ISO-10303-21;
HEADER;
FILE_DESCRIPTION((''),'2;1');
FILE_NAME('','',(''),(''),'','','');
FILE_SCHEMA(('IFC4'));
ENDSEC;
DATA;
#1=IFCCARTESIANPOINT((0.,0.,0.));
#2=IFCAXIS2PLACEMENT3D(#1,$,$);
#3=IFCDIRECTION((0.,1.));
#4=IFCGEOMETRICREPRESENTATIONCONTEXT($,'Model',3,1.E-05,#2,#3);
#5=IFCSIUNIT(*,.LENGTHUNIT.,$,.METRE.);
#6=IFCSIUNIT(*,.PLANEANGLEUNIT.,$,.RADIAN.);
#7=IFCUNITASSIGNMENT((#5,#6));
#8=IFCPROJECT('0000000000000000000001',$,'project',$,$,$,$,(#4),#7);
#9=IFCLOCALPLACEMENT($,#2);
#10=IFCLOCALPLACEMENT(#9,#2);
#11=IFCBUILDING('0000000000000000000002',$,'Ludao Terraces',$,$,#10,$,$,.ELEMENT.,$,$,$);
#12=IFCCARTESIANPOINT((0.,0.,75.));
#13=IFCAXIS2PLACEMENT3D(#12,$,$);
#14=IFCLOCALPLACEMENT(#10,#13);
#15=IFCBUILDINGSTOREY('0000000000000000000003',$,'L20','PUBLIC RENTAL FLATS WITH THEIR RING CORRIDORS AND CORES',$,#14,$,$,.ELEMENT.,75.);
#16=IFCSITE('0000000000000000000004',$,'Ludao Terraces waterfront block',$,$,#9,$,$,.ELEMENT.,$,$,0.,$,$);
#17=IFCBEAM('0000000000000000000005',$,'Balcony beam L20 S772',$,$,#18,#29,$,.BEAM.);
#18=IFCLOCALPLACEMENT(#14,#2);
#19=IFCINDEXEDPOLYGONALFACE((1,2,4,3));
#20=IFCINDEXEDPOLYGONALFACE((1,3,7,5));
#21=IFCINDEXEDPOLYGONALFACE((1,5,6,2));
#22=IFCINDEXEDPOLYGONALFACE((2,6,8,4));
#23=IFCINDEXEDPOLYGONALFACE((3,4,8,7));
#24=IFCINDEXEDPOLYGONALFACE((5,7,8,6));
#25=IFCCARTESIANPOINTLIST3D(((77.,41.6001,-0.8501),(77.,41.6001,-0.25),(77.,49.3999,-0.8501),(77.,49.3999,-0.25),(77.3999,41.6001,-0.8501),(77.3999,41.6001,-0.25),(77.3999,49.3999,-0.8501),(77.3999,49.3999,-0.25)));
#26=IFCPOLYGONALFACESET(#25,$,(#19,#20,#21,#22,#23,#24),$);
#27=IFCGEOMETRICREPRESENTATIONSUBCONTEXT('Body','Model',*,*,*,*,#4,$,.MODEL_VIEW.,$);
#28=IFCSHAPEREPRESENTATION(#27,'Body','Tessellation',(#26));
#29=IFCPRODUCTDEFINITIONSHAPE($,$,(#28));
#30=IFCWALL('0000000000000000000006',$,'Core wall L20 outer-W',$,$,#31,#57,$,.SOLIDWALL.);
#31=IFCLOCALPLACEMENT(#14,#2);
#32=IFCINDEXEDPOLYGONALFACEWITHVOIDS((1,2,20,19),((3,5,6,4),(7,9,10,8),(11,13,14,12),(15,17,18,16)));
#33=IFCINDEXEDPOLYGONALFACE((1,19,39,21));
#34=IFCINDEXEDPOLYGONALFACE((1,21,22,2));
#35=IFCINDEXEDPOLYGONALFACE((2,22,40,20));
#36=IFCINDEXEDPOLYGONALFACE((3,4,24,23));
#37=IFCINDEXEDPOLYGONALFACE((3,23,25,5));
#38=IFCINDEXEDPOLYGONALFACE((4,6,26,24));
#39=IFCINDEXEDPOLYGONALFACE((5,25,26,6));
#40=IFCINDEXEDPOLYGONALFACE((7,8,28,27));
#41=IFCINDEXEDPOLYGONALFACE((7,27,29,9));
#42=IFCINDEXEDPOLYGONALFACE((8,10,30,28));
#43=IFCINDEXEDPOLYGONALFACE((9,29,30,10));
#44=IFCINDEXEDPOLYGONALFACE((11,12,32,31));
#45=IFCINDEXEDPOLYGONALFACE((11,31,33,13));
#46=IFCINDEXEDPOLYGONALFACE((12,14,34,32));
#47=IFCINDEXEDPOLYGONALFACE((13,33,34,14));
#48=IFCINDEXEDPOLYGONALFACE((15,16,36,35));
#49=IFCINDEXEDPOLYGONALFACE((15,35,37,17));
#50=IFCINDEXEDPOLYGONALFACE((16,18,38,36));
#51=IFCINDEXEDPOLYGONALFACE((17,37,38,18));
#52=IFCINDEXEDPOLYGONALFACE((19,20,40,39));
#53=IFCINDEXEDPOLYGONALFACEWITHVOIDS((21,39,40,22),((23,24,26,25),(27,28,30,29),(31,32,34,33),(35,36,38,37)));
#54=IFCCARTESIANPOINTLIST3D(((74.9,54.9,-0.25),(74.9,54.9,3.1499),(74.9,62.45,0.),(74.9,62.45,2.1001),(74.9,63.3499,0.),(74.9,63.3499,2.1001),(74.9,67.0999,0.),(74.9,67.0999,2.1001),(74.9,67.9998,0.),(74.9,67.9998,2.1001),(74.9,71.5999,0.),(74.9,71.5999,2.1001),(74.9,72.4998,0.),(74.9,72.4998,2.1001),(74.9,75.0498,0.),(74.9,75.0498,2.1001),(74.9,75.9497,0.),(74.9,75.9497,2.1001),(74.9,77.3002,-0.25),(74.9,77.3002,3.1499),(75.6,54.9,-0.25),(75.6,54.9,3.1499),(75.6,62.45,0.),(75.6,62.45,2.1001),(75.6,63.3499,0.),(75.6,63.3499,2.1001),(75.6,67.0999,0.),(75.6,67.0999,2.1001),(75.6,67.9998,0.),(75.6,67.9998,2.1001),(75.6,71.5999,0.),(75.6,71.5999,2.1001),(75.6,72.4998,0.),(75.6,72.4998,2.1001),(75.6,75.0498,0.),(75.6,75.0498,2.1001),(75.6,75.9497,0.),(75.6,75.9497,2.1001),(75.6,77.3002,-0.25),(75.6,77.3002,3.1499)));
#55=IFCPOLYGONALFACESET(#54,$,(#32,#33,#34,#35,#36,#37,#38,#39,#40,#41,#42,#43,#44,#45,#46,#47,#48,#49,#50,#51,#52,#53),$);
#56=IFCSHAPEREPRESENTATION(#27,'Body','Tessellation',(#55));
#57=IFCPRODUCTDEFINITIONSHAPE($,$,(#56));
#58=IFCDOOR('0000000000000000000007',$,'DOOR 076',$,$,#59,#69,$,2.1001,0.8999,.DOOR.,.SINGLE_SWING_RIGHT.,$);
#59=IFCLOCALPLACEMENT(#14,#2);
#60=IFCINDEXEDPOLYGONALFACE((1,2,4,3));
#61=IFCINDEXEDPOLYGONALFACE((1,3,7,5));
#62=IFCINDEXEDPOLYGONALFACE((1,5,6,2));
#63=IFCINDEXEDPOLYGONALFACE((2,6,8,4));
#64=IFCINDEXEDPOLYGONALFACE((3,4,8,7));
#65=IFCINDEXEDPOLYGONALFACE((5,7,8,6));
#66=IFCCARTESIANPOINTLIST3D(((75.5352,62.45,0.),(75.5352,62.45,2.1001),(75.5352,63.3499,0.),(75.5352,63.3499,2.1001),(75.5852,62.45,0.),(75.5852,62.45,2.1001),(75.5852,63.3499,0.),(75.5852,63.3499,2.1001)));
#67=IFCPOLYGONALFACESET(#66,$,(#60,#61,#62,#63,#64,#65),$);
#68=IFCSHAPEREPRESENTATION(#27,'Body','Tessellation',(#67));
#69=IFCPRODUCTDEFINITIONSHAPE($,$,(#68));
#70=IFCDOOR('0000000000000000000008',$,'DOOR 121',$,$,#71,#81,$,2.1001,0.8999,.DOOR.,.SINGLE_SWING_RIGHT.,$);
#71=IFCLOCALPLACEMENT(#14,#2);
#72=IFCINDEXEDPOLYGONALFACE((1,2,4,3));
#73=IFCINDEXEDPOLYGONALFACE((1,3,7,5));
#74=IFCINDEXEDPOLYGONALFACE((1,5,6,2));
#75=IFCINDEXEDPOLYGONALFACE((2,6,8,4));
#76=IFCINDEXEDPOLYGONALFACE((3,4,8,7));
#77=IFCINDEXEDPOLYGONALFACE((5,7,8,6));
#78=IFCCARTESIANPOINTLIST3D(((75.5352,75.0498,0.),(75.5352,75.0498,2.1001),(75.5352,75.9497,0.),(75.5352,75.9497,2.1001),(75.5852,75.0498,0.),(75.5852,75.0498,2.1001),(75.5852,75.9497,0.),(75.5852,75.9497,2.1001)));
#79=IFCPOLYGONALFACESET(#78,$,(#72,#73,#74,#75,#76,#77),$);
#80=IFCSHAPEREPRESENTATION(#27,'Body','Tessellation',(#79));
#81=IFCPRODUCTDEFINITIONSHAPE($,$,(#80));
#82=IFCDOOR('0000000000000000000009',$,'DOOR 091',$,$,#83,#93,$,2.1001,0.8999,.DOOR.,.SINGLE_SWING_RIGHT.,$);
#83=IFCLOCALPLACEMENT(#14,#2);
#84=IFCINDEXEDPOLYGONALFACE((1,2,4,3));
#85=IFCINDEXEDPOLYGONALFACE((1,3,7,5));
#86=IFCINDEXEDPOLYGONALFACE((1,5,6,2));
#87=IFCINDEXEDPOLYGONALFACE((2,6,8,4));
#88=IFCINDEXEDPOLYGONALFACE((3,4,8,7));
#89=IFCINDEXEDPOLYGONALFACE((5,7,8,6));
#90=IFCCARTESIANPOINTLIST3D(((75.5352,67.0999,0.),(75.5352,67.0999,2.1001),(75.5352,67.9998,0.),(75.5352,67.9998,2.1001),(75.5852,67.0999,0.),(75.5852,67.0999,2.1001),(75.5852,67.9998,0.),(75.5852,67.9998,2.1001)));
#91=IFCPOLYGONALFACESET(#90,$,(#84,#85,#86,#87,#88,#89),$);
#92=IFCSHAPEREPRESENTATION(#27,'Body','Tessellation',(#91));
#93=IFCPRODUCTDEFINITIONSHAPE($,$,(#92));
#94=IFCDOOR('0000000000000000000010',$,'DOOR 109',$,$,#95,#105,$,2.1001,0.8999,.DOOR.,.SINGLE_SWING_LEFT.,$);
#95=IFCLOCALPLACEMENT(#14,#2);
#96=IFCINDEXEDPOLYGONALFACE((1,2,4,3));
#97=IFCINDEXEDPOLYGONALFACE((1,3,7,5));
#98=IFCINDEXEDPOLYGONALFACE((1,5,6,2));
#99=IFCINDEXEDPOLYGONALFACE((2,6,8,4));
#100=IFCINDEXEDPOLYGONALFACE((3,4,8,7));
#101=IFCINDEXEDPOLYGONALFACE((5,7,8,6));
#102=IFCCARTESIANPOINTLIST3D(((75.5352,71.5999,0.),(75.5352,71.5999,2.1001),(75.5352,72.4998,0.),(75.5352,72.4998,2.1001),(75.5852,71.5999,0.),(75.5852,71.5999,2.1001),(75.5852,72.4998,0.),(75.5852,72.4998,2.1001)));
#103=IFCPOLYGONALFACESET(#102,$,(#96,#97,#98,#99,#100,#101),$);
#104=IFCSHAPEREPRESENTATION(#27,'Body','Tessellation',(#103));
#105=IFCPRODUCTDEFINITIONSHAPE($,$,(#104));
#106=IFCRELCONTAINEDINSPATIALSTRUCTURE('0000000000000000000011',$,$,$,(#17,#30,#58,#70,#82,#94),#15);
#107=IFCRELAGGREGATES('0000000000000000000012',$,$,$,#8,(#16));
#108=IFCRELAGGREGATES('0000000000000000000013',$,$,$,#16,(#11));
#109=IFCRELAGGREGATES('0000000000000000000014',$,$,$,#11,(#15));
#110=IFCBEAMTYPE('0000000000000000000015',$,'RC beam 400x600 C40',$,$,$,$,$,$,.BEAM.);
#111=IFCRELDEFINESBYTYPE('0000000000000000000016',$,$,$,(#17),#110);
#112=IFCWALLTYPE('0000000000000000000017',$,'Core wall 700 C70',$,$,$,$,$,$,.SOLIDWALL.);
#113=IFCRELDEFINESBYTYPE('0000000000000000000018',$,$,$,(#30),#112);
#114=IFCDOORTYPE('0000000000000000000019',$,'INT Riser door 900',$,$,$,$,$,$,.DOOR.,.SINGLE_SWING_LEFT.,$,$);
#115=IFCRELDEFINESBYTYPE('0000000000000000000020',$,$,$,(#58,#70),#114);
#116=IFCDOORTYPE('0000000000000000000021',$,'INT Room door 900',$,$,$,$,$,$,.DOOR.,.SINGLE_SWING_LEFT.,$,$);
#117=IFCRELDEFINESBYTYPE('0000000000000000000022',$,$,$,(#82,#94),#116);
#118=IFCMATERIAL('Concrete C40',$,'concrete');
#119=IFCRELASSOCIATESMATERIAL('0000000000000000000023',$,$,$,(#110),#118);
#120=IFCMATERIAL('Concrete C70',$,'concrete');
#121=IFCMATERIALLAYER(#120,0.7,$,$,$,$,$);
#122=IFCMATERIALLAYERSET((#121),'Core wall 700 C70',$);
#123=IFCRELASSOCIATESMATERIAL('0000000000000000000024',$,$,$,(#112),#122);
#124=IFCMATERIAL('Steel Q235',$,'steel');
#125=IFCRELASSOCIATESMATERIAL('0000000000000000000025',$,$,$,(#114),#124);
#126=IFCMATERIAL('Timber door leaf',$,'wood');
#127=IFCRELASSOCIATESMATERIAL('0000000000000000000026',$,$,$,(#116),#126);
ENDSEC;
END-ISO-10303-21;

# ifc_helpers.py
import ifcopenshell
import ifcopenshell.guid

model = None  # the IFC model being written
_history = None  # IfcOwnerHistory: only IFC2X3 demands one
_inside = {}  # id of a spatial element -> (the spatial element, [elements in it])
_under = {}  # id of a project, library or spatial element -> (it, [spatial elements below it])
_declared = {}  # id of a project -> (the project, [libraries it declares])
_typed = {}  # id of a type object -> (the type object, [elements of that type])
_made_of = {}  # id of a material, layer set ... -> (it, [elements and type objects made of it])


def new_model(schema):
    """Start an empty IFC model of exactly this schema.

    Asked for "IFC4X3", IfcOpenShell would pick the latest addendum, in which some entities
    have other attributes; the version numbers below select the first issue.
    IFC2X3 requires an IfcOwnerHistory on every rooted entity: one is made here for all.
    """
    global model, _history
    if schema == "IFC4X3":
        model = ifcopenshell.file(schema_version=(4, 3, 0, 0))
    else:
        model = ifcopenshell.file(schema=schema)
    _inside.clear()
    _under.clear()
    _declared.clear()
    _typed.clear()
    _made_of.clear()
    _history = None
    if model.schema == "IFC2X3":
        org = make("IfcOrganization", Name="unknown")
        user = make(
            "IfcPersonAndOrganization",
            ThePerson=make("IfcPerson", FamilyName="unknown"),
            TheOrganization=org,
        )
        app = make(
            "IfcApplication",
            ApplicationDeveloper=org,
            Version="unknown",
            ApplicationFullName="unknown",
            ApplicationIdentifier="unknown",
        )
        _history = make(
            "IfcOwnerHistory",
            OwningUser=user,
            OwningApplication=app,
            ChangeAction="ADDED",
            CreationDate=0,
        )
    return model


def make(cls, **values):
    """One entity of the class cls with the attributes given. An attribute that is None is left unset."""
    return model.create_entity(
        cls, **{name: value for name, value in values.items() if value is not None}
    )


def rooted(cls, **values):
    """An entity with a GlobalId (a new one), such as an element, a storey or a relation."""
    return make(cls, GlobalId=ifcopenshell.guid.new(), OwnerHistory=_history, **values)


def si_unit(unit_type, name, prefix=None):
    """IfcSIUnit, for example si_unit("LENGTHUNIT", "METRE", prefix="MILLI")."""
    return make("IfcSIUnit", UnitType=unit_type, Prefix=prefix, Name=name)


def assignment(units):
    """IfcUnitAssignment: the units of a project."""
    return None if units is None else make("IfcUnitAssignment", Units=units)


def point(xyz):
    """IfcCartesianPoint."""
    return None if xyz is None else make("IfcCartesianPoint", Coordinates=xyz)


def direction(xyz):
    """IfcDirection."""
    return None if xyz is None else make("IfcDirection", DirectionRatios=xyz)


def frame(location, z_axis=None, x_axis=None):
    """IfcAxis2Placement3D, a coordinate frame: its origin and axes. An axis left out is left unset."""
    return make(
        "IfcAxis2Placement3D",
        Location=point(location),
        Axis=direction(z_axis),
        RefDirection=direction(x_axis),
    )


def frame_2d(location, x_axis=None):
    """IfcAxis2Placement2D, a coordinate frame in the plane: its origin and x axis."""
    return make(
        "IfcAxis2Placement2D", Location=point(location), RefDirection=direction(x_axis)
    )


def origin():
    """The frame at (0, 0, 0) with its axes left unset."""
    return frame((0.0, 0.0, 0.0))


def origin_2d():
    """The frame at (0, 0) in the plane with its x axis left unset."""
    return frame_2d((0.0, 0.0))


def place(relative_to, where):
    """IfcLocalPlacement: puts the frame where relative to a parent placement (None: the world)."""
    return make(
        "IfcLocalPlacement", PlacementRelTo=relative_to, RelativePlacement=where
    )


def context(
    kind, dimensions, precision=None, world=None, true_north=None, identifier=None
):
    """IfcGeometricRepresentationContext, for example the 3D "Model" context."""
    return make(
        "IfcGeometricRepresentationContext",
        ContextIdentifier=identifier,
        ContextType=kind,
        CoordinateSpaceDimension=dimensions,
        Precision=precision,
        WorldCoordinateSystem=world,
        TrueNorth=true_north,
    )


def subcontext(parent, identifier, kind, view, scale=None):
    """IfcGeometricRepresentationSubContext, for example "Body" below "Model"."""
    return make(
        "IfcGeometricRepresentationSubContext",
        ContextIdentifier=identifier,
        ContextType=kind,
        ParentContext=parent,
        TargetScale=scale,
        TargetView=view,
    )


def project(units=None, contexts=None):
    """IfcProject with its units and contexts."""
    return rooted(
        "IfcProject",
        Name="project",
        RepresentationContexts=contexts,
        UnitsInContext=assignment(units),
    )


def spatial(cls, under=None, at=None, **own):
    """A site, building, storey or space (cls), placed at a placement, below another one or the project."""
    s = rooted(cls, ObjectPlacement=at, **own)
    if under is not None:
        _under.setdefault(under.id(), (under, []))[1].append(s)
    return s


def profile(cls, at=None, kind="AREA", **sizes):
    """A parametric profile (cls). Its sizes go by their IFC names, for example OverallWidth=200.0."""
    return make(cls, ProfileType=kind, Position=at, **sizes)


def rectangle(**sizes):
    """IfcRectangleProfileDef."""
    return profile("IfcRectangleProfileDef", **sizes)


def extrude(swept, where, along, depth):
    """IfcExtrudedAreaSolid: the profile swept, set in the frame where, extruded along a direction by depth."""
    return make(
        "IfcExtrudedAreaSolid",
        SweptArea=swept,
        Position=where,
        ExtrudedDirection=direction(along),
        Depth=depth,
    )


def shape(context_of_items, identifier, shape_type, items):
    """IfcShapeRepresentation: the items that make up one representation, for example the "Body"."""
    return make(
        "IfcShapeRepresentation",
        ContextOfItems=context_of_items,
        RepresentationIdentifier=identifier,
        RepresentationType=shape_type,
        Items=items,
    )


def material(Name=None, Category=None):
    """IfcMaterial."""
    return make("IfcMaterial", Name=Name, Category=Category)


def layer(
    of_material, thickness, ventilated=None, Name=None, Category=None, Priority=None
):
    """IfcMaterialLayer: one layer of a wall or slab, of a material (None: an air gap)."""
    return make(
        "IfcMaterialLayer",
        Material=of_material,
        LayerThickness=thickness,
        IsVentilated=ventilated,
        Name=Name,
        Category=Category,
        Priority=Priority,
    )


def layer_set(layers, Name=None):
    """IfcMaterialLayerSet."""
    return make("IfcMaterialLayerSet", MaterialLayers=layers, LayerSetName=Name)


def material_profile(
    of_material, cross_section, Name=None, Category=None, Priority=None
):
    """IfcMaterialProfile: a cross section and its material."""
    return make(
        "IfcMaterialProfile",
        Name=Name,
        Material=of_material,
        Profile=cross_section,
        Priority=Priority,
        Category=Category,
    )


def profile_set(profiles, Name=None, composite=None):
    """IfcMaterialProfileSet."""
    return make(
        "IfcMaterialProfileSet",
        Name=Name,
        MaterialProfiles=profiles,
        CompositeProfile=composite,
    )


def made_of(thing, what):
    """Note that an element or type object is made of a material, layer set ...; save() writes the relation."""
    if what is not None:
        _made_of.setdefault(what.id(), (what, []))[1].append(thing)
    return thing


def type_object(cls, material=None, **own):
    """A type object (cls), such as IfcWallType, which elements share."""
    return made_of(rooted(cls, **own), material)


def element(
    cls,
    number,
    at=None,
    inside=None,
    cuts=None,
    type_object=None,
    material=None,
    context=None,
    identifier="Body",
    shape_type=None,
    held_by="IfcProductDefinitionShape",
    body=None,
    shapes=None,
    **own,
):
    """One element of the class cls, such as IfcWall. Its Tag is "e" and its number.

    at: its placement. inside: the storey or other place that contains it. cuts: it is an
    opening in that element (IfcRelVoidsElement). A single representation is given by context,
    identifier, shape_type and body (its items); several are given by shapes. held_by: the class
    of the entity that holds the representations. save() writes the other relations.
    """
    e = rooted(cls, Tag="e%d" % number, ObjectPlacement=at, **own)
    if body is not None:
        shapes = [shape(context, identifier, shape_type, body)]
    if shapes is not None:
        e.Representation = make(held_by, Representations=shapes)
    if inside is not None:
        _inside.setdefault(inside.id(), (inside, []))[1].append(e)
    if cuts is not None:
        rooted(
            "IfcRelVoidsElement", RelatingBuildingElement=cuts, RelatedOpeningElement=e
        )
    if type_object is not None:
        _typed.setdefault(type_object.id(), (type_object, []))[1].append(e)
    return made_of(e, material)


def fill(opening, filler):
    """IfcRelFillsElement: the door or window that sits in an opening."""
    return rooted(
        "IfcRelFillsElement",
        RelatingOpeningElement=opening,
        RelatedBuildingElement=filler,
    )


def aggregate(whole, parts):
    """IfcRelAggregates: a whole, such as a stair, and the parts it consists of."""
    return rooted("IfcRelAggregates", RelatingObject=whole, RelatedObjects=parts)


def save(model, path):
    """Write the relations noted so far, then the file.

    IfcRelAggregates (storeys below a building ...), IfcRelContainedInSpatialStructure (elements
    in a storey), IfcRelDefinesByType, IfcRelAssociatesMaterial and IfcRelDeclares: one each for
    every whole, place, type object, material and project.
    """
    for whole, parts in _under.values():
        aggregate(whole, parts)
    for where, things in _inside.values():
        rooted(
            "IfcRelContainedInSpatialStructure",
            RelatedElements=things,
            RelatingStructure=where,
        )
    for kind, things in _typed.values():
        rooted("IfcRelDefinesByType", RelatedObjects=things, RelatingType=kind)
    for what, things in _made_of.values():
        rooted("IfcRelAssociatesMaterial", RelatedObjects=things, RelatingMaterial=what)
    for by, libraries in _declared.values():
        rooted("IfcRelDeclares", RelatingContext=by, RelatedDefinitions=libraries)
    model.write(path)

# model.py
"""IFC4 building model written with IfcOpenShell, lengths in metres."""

from ifc_helpers import new_model, si_unit, direction, frame, frame_2d, origin, origin_2d, place, context, subcontext, project, spatial, rectangle, extrude, material, layer, layer_set, material_profile, profile_set, type_object, element, fill, save


model = new_model("IFC4")

# Units and contexts
model_context = context("Model", 3, precision=1e-05, world=origin(), true_north=direction((0.0, 1.0)))
body_context = subcontext(model_context, "Body", "Model", "MODEL_VIEW")
ifc_project = project(units=[si_unit("LENGTHUNIT", "METRE"), si_unit("PLANEANGLEUNIT", "RADIAN")], contexts=[model_context])

# Site, building, storey
site_placement = place(None, origin())
site = spatial("IfcSite", under=ifc_project, at=site_placement, Name="Ludao Terraces waterfront block", CompositionType="ELEMENT", RefElevation=0.0)
building_placement = place(site_placement, origin())
building = spatial("IfcBuilding", under=site, at=building_placement, Name="Ludao Terraces", CompositionType="ELEMENT")
storey_placement = place(building_placement, frame((0.0, 0.0, 75.0)))
storey = spatial("IfcBuildingStorey", under=building, at=storey_placement, Name="L20", Description="PUBLIC RENTAL FLATS WITH THEIR RING CORRIDORS AND CORES", CompositionType="ELEMENT", Elevation=75.0)

# Beam
ifc_material_1 = material(Name="Concrete C40", Category="concrete")
ifc_material_profile = material_profile(ifc_material_1, rectangle(XDim=0.3999, YDim=0.6001, at=origin_2d()), Name="400 X 600")
ifc_profile_set = profile_set([ifc_material_profile], Name="Concrete C40")
beam_type = type_object("IfcBeamType", Name="RC beam 400x600 C40", PredefinedType="BEAM", material=ifc_profile_set)
beam_placement = place(storey_placement, frame((77.2, 49.3999, -0.55), z_axis=(0.0, -1.0, 0.0), x_axis=(1.0, 0.0, 0.0)))
element("IfcBeam", 1, at=beam_placement, inside=storey, type_object=beam_type, Name="Balcony beam L20 S772", PredefinedType="BEAM", context=body_context, shape_type="SweptSolid", body=[
    extrude(rectangle(XDim=0.3999, YDim=0.6001, at=origin_2d()), origin(), (0.0, 0.0, 1.0), 7.7998),
])

# Wall, openings, doors
ifc_material_2 = material(Name="Concrete C70", Category="concrete")
ifc_layer_1 = layer(ifc_material_2, 0.7)
ifc_layer_set_1 = layer_set([ifc_layer_1], Name="Core wall 700 C70")
wall_type_1 = type_object("IfcWallType", Name="Core wall 700 C70", PredefinedType="SOLIDWALL", material=ifc_layer_set_1)
wall_1_placement = place(storey_placement, frame((75.25, 54.8999, -0.25), z_axis=(0.0, 0.0, 1.0), x_axis=(0.0, 1.0, 0.0)))
wall_1 = element("IfcWall", 2, at=wall_1_placement, inside=storey, type_object=wall_type_1, Name="Core wall L20 outer-W", PredefinedType="SOLIDWALL", context=body_context, shape_type="SweptSolid", body=[
    extrude(rectangle(XDim=22.4001, YDim=0.7, at=frame_2d((11.2002, 0.0))), origin(), (0.0, 0.0, 1.0), 3.3999),
])
opening_1_placement = place(wall_1_placement, frame((7.55, 0.0, 0.25)))
opening_1 = element("IfcOpeningElement", 3, at=opening_1_placement, cuts=wall_1, PredefinedType="OPENING", context=body_context, shape_type="SweptSolid", body=[
    extrude(rectangle(XDim=0.8999, YDim=2.1001, at=frame_2d((0.45, 1.05))), frame((0.0, 0.3599, 0.0), z_axis=(0.0, -1.0, 0.0), x_axis=(1.0, 0.0, 0.0)), (0.0, 0.0, 1.0), 0.72),
])
opening_2_placement = place(wall_1_placement, frame((12.2, 0.0, 0.25)))
opening_2 = element("IfcOpeningElement", 4, at=opening_2_placement, cuts=wall_1, PredefinedType="OPENING", context=body_context, shape_type="SweptSolid", body=[
    extrude(rectangle(XDim=0.8999, YDim=2.1001, at=frame_2d((0.45, 1.05))), frame((0.0, 0.3599, 0.0), z_axis=(0.0, -1.0, 0.0), x_axis=(1.0, 0.0, 0.0)), (0.0, 0.0, 1.0), 0.72),
])
opening_3_placement = place(wall_1_placement, frame((16.7, 0.0, 0.25)))
opening_3 = element("IfcOpeningElement", 5, at=opening_3_placement, cuts=wall_1, PredefinedType="OPENING", context=body_context, shape_type="SweptSolid", body=[
    extrude(rectangle(XDim=0.8999, YDim=2.1001, at=frame_2d((0.45, 1.05))), frame((0.0, 0.3599, 0.0), z_axis=(0.0, -1.0, 0.0), x_axis=(1.0, 0.0, 0.0)), (0.0, 0.0, 1.0), 0.72),
])
opening_4_placement = place(wall_1_placement, frame((20.1499, 0.0, 0.25)))
opening_4 = element("IfcOpeningElement", 6, at=opening_4_placement, cuts=wall_1, PredefinedType="OPENING", context=body_context, shape_type="SweptSolid", body=[
    extrude(rectangle(XDim=0.8999, YDim=2.1001, at=frame_2d((0.45, 1.05))), frame((0.0, 0.3599, 0.0), z_axis=(0.0, -1.0, 0.0), x_axis=(1.0, 0.0, 0.0)), (0.0, 0.0, 1.0), 0.72),
])
ifc_material_3 = material(Name="Steel Q235", Category="steel")
door_type_1 = type_object("IfcDoorType", Name="INT Riser door 900", OperationType="SINGLE_SWING_LEFT", PredefinedType="DOOR", material=ifc_material_3)
door_1_placement = place(opening_1_placement, origin())
door_1 = element("IfcDoor", 7, at=door_1_placement, inside=storey, type_object=door_type_1, Name="DOOR 076", OperationType="SINGLE_SWING_RIGHT", OverallHeight=2.1001, OverallWidth=0.8999, PredefinedType="DOOR", context=body_context, shape_type="SweptSolid", body=[
    extrude(rectangle(XDim=0.8999, YDim=2.1001, at=frame_2d((0.45, 1.05))), frame((0.0, -0.2852, 0.0), z_axis=(0.0, -1.0, 0.0), x_axis=(1.0, 0.0, 0.0)), (0.0, 0.0, 1.0), 0.05),
])
fill(opening_1, door_1)
door_2_placement = place(opening_4_placement, origin())
door_2 = element("IfcDoor", 8, at=door_2_placement, inside=storey, type_object=door_type_1, Name="DOOR 121", OperationType="SINGLE_SWING_RIGHT", OverallHeight=2.1001, OverallWidth=0.8999, PredefinedType="DOOR", context=body_context, shape_type="SweptSolid", body=[
    extrude(rectangle(XDim=0.8999, YDim=2.1001, at=frame_2d((0.45, 1.05))), frame((0.0, -0.2852, 0.0), z_axis=(0.0, -1.0, 0.0), x_axis=(1.0, 0.0, 0.0)), (0.0, 0.0, 1.0), 0.05),
])
fill(opening_4, door_2)
ifc_material_4 = material(Name="Timber door leaf", Category="wood")
door_type_2 = type_object("IfcDoorType", Name="INT Room door 900", OperationType="SINGLE_SWING_LEFT", PredefinedType="DOOR", material=ifc_material_4)
door_3_placement = place(opening_2_placement, origin())
door_3 = element("IfcDoor", 9, at=door_3_placement, inside=storey, type_object=door_type_2, Name="DOOR 091", OperationType="SINGLE_SWING_RIGHT", OverallHeight=2.1001, OverallWidth=0.8999, PredefinedType="DOOR", context=body_context, shape_type="SweptSolid", body=[
    extrude(rectangle(XDim=0.8999, YDim=2.1001, at=frame_2d((0.45, 1.05))), frame((0.0, -0.2852, 0.0), z_axis=(0.0, -1.0, 0.0), x_axis=(1.0, 0.0, 0.0)), (0.0, 0.0, 1.0), 0.05),
])
fill(opening_2, door_3)
door_4_placement = place(opening_3_placement, origin())
door_4 = element("IfcDoor", 10, at=door_4_placement, inside=storey, type_object=door_type_2, Name="DOOR 109", OperationType="SINGLE_SWING_LEFT", OverallHeight=2.1001, OverallWidth=0.8999, PredefinedType="DOOR", context=body_context, shape_type="SweptSolid", body=[
    extrude(rectangle(XDim=0.8999, YDim=2.1001, at=frame_2d((0.45, 1.05))), frame((0.0, -0.2852, 0.0), z_axis=(0.0, -1.0, 0.0), x_axis=(1.0, 0.0, 0.0)), (0.0, 0.0, 1.0), 0.05),
])
fill(opening_3, door_4)

save(model, "model.ifc")
